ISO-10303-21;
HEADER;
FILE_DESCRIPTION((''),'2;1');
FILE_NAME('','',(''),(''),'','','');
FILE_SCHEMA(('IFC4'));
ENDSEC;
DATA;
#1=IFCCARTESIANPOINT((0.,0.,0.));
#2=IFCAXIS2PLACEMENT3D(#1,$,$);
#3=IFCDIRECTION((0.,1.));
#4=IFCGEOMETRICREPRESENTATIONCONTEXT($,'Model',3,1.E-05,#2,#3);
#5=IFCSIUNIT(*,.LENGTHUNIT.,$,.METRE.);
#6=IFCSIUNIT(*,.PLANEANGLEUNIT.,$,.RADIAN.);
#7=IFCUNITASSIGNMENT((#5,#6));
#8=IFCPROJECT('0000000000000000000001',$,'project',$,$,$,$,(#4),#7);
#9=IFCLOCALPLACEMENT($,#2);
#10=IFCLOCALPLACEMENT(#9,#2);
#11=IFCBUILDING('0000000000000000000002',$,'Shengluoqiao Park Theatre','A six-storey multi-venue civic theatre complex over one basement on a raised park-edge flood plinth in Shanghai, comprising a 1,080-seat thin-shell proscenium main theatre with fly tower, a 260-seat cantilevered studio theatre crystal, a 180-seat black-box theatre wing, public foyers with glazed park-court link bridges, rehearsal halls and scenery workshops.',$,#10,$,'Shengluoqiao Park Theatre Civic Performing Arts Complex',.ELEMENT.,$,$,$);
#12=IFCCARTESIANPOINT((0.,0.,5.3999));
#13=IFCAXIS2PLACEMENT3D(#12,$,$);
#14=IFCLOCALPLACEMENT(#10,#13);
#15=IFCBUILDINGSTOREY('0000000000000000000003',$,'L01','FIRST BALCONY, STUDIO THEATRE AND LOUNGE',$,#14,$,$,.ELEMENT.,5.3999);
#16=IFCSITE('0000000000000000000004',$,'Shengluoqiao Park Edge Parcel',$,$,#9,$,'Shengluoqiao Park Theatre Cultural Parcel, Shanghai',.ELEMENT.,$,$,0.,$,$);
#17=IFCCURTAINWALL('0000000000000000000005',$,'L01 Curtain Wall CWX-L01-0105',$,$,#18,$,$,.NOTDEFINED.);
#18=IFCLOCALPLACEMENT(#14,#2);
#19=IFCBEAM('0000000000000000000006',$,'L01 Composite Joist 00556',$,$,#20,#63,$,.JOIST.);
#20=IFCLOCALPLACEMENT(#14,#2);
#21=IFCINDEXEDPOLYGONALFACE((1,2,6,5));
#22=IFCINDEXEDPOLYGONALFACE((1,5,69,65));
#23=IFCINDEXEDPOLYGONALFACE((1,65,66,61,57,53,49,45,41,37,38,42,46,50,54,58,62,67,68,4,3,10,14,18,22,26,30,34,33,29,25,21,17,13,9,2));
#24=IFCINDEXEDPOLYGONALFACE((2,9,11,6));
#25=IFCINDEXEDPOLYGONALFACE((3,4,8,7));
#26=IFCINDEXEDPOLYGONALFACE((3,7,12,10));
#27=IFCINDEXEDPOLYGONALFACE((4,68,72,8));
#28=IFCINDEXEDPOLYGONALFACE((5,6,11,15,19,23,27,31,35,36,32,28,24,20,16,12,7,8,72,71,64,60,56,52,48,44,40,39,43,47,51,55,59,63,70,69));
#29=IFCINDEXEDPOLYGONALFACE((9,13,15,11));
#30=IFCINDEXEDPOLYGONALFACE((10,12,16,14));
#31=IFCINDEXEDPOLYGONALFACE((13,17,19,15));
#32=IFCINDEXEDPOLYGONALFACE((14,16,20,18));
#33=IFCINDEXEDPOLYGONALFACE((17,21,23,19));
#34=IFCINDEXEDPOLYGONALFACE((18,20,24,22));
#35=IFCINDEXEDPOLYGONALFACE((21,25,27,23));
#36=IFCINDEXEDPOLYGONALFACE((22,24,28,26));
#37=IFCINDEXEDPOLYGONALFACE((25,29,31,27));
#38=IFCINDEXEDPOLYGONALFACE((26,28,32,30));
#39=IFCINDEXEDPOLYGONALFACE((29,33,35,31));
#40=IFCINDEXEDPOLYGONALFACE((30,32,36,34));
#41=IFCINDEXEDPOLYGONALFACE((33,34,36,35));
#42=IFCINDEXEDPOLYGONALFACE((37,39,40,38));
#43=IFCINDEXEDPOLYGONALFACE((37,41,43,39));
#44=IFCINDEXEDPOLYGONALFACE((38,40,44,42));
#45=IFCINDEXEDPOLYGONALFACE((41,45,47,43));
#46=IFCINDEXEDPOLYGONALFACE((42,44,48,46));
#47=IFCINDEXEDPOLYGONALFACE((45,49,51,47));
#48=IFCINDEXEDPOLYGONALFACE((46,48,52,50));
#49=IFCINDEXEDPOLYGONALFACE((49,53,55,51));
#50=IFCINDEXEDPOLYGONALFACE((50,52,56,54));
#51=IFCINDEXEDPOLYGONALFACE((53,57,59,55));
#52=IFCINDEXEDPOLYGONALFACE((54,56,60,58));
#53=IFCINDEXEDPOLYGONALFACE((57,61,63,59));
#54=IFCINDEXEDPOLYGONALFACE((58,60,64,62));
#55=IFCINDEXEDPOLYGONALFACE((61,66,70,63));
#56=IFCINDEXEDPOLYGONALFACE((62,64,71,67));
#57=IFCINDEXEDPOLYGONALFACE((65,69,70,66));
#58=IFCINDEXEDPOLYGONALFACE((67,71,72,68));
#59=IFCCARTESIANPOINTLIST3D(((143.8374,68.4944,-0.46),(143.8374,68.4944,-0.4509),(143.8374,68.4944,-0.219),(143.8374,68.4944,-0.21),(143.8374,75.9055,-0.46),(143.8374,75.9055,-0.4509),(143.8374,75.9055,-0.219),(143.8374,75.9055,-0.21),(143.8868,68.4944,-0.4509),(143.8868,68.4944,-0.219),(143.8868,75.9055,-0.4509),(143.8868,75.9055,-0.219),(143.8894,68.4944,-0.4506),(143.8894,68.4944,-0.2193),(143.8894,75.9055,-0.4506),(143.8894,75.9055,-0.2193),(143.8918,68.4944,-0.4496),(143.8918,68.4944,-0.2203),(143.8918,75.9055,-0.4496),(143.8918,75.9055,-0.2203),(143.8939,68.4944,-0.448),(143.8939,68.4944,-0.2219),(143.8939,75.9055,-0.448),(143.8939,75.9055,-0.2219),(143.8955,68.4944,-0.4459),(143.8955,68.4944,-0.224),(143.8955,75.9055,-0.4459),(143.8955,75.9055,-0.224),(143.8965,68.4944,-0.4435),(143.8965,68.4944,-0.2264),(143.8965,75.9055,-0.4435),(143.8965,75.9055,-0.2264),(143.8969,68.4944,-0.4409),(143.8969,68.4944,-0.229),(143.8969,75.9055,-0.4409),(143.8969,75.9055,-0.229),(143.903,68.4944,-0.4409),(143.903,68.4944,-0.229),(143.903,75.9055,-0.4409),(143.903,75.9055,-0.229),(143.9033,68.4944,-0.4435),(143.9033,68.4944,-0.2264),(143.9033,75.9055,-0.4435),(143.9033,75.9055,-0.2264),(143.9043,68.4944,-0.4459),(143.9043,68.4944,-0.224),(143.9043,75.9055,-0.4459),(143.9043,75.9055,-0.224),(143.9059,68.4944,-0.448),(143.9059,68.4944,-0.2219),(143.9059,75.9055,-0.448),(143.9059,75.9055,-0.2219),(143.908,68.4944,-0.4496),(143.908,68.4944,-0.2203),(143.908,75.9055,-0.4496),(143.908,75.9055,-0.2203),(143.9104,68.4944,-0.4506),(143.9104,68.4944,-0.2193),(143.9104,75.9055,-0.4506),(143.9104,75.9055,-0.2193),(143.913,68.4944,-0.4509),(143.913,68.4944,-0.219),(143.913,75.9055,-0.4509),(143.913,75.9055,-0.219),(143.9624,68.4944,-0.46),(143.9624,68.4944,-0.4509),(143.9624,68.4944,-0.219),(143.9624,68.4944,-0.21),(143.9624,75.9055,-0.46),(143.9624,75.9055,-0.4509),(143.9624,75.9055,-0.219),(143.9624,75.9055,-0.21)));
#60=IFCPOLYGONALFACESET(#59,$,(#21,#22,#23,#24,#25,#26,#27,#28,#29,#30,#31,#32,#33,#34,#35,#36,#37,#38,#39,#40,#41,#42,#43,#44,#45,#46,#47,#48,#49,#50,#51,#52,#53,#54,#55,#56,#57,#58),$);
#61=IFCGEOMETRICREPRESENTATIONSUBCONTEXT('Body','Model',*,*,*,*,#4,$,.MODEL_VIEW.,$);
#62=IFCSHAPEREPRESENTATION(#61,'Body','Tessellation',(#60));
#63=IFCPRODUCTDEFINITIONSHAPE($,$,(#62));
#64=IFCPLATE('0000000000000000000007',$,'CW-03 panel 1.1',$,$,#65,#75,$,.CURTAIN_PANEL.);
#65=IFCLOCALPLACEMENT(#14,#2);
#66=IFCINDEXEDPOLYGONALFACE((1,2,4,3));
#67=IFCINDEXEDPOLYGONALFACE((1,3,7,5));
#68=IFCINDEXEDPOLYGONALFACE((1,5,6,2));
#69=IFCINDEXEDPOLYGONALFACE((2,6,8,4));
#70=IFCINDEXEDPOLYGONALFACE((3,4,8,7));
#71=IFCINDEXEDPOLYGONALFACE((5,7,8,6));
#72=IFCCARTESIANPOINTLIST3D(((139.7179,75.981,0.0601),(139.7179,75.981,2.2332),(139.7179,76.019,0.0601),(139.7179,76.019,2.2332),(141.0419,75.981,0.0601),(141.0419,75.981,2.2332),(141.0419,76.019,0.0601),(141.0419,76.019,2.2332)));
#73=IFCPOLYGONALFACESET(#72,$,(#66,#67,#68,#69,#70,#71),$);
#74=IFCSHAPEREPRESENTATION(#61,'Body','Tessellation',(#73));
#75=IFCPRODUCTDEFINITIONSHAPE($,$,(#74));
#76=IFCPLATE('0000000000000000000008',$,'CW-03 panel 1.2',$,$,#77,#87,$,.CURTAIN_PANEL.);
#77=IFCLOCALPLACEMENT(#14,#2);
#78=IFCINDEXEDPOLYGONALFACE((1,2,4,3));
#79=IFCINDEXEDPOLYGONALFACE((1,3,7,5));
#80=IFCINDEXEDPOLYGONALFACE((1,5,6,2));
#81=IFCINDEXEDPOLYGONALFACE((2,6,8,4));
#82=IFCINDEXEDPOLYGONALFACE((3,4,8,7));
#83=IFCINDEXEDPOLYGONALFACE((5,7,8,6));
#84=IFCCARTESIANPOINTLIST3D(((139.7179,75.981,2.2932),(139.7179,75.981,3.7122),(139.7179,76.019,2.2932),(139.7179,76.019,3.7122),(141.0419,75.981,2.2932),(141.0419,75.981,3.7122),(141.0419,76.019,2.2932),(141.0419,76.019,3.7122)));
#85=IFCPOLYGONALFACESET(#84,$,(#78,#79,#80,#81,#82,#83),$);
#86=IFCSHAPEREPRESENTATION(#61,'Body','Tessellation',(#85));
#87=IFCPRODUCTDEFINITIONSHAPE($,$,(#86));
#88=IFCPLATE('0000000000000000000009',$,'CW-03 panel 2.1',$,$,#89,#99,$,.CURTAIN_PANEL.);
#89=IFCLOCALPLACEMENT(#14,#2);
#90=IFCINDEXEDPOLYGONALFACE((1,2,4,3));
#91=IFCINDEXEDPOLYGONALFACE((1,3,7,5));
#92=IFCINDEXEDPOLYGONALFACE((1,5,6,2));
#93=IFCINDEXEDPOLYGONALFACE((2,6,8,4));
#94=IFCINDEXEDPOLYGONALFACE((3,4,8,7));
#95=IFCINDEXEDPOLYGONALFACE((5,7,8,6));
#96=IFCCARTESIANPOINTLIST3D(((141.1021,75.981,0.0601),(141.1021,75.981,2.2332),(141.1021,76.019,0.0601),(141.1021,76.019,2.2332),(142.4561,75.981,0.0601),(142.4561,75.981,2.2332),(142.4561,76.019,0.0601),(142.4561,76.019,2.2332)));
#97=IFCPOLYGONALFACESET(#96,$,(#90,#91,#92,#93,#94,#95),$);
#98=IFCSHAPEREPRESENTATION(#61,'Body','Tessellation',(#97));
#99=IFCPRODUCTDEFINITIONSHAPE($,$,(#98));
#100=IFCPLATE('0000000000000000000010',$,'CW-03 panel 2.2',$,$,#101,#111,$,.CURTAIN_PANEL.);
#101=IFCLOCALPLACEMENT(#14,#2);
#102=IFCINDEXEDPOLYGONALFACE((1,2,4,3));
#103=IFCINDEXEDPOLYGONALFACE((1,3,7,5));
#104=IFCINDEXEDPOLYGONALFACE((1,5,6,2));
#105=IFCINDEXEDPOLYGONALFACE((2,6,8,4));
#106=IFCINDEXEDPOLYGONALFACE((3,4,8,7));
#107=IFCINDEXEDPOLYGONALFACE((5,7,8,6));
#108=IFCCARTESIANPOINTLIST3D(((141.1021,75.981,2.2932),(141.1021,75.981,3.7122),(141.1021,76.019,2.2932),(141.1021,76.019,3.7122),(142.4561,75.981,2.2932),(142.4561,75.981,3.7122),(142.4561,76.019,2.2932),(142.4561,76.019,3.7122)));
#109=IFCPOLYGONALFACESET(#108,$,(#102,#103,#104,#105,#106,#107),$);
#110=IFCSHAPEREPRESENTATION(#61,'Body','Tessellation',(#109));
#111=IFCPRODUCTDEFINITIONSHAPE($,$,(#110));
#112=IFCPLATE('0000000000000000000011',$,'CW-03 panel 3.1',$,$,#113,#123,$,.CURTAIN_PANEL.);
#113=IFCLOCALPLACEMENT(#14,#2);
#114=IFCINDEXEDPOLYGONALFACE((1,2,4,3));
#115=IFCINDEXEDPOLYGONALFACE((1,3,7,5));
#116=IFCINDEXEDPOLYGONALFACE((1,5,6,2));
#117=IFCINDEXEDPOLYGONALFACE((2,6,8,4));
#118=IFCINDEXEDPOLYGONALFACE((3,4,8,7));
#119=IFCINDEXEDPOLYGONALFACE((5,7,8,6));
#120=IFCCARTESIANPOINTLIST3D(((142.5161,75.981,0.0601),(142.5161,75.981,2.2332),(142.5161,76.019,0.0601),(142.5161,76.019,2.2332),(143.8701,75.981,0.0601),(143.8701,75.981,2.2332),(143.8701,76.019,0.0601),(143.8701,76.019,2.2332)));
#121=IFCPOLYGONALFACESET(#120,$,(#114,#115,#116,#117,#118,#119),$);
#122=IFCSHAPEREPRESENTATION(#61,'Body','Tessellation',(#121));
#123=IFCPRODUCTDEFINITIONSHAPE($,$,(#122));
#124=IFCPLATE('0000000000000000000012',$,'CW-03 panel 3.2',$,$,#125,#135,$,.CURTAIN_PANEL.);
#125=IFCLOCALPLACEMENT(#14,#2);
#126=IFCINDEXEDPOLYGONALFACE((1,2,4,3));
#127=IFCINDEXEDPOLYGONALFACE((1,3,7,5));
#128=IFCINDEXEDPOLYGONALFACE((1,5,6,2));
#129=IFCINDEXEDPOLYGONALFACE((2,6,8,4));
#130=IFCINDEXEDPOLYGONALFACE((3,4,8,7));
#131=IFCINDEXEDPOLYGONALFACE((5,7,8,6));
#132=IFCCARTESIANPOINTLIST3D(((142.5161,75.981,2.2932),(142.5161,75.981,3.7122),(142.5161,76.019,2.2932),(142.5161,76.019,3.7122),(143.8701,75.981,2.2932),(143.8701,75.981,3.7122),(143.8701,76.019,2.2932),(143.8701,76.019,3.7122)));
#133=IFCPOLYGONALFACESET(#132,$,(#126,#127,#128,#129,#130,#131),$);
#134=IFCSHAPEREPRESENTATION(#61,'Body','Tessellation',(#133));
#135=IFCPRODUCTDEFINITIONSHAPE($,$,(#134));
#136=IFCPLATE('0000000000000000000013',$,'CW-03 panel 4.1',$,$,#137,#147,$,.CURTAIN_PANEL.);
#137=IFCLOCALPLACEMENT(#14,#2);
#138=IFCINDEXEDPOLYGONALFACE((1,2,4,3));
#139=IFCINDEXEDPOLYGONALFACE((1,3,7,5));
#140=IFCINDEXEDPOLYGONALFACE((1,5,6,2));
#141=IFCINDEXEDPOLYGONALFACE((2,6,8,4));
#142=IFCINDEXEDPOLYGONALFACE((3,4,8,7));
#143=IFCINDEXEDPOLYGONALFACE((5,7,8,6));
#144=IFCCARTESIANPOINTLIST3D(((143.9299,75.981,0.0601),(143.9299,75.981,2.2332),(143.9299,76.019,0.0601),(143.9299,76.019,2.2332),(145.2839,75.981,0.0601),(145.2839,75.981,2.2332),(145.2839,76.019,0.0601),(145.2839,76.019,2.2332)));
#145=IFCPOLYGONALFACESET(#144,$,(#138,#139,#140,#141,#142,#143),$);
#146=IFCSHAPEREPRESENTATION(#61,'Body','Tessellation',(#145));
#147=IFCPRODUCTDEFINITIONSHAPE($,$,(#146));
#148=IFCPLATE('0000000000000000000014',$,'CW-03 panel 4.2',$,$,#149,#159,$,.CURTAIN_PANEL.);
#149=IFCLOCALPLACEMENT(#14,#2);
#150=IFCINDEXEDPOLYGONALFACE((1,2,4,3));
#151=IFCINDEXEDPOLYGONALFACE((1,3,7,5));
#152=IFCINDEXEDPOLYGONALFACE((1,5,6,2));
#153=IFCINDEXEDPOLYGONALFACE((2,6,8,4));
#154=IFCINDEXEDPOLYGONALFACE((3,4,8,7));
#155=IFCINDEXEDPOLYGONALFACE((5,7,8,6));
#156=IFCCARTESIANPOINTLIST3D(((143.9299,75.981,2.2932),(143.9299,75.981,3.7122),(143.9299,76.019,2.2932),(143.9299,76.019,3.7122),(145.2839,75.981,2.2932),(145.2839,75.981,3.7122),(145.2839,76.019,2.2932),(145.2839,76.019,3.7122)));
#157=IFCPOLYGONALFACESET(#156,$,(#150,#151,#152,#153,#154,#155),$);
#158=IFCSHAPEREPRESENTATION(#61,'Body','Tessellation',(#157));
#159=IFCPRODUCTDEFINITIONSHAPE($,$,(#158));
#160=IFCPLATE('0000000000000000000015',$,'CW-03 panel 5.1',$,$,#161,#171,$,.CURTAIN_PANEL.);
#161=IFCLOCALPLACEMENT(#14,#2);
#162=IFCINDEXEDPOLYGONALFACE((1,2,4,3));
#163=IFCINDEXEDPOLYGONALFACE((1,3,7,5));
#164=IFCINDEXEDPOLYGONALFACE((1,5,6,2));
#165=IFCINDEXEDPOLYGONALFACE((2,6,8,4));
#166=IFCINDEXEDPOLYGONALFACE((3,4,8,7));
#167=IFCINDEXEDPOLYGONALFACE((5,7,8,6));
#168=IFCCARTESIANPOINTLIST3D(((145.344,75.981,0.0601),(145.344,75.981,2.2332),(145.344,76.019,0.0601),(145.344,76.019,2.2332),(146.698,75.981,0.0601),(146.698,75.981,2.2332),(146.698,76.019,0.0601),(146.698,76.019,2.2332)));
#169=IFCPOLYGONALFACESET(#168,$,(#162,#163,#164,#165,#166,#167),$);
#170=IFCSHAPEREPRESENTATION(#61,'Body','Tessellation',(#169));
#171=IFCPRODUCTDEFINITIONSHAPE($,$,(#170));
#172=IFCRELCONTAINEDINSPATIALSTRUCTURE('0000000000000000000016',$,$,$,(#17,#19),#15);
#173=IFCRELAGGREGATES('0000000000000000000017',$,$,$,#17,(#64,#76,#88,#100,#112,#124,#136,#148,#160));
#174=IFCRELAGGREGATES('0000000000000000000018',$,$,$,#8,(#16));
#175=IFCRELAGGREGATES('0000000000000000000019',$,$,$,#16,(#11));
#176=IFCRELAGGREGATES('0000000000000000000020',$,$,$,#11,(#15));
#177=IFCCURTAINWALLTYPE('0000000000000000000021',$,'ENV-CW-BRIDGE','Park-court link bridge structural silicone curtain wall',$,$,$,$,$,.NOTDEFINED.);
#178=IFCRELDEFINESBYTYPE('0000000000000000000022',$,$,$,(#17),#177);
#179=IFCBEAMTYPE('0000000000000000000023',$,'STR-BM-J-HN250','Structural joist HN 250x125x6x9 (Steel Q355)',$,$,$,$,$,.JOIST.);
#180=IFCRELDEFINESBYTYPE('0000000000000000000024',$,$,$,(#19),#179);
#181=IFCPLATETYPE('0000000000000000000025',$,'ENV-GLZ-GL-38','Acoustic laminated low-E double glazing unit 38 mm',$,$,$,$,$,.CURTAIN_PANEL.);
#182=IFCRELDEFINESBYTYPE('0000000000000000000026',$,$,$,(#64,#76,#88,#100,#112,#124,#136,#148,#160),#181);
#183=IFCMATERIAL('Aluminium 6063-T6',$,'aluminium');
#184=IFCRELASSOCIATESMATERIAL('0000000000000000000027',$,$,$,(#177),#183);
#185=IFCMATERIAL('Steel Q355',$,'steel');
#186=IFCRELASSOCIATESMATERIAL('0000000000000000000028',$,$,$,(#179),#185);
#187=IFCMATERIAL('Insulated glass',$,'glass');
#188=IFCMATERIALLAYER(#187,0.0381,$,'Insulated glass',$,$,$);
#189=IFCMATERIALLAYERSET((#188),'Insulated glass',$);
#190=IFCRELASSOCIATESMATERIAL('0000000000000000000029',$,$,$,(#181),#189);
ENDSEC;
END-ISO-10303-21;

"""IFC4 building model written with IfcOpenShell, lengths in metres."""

from ifc_helpers import new_model, si_unit, direction, frame, origin, origin_2d, place, context, subcontext, project, spatial, rectangle, i_section, extrude, material, layer, layer_set, material_profile, profile_set, type_object, element, aggregate, save


model = new_model("IFC4")

# Units and contexts
model_context = context("Model", 3, precision=1e-05, world=origin(), true_north=direction((0.0, 1.0)))
body_context = subcontext(model_context, "Body", "Model", "MODEL_VIEW")
ifc_project = project(units=[si_unit("LENGTHUNIT", "METRE"), si_unit("PLANEANGLEUNIT", "RADIAN")], contexts=[model_context])

# Site, building, storey
site_placement = place(None, origin())
site = spatial("IfcSite", under=ifc_project, at=site_placement, Name="Shengluoqiao Park Edge Parcel", LongName="Shengluoqiao Park Theatre Cultural Parcel, Shanghai", CompositionType="ELEMENT", RefElevation=0.0)
building_placement = place(site_placement, origin())
building = spatial("IfcBuilding", under=site, at=building_placement, Name="Shengluoqiao Park Theatre", Description="A six-storey multi-venue civic theatre complex over one basement on a raised park-edge flood plinth in Shanghai, comprising a 1,080-seat thin-shell proscenium main theatre with fly tower, a 260-seat cantilevered studio theatre crystal, a 180-seat black-box theatre wing, public foyers with glazed park-court link bridges, rehearsal halls and scenery workshops.", LongName="Shengluoqiao Park Theatre Civic Performing Arts Complex", CompositionType="ELEMENT")
storey_placement = place(building_placement, frame((0.0, 0.0, 5.3999)))
storey = spatial("IfcBuildingStorey", under=building, at=storey_placement, Name="L01", Description="FIRST BALCONY, STUDIO THEATRE AND LOUNGE", CompositionType="ELEMENT", Elevation=5.3999)

# Curtain wall
ifc_material_1 = material(Name="Aluminium 6063-T6", Category="aluminium")
curtain_wall_type = type_object("IfcCurtainWallType", Name="ENV-CW-BRIDGE", Description="Park-court link bridge structural silicone curtain wall", PredefinedType="NOTDEFINED", material=ifc_material_1)
curtain_wall_placement = place(storey_placement, origin())
curtain_wall = element("IfcCurtainWall", 1, at=curtain_wall_placement, inside=storey, type_object=curtain_wall_type, Name="L01 Curtain Wall CWX-L01-0105", PredefinedType="NOTDEFINED")

# Beam
ifc_material_2 = material(Name="Steel Q355", Category="steel")
ifc_material_profile_1 = material_profile(ifc_material_2, i_section(OverallWidth=0.125, OverallDepth=0.25, WebThickness=0.0061, FlangeThickness=0.009, FilletRadius=0.01, at=origin_2d()), Name="HN 250x125x6x9")
ifc_profile_set_1 = profile_set([ifc_material_profile_1], Name="Steel Q355")
beam_type = type_object("IfcBeamType", Name="STR-BM-J-HN250", Description="Structural joist HN 250x125x6x9 (Steel Q355)", PredefinedType="JOIST", material=ifc_profile_set_1)
for number, where, z_axis, x_axis, name in (
    (2, (143.8999, 68.4944, -0.335), (0.0, 1.0, 0.0), (-1.0, 0.0, 0.0), "L01 Composite Joist 00556"),
):
    element("IfcBeam", number, at=place(storey_placement, frame(where, z_axis=z_axis, x_axis=x_axis)), inside=storey, type_object=beam_type, Name=name, PredefinedType="JOIST", context=body_context, shape_type="SweptSolid", body=[
        extrude(i_section(OverallWidth=0.125, OverallDepth=0.25, WebThickness=0.0061, FlangeThickness=0.009, FilletRadius=0.01, at=origin_2d()), origin(), (0.0, 0.0, 1.0), 7.4111),
    ])

# Plates
ifc_material_3 = material(Name="Insulated glass", Category="glass")
ifc_layer = layer(ifc_material_3, 0.0381, Name="Insulated glass")
ifc_layer_set = layer_set([ifc_layer], Name="Insulated glass")
plate_type = type_object("IfcPlateType", Name="ENV-GLZ-GL-38", Description="Acoustic laminated low-E double glazing unit 38 mm", PredefinedType="CURTAIN_PANEL", material=ifc_layer_set)
plate_1_placement = place(storey_placement, frame((140.3799, 76.0, 0.0601), z_axis=(0.0, 0.0, 1.0), x_axis=(1.0, 0.0, 0.0)))
plate_1 = element("IfcPlate", 3, at=plate_1_placement, type_object=plate_type, Name="CW-03 panel 1.1", PredefinedType="CURTAIN_PANEL", context=body_context, shape_type="SweptSolid", body=[
    extrude(rectangle(XDim=1.324, YDim=0.0381, at=origin_2d()), origin(), (0.0, 0.0, 1.0), 2.1731),
])
plate_2_placement = place(storey_placement, frame((140.3799, 76.0, 2.2932), z_axis=(0.0, 0.0, 1.0), x_axis=(1.0, 0.0, 0.0)))
plate_2 = element("IfcPlate", 4, at=plate_2_placement, type_object=plate_type, Name="CW-03 panel 1.2", PredefinedType="CURTAIN_PANEL", context=body_context, shape_type="SweptSolid", body=[
    extrude(rectangle(XDim=1.324, YDim=0.0381, at=origin_2d()), origin(), (0.0, 0.0, 1.0), 1.4189),
])
plate_3_placement = place(storey_placement, frame((141.7791, 76.0, 0.0601), z_axis=(0.0, 0.0, 1.0), x_axis=(1.0, 0.0, 0.0)))
plate_3 = element("IfcPlate", 5, at=plate_3_placement, type_object=plate_type, Name="CW-03 panel 2.1", PredefinedType="CURTAIN_PANEL", context=body_context, shape_type="SweptSolid", body=[
    extrude(rectangle(XDim=1.354, YDim=0.0381, at=origin_2d()), origin(), (0.0, 0.0, 1.0), 2.1731),
])
plate_4_placement = place(storey_placement, frame((141.7791, 76.0, 2.2932), z_axis=(0.0, 0.0, 1.0), x_axis=(1.0, 0.0, 0.0)))
plate_4 = element("IfcPlate", 6, at=plate_4_placement, type_object=plate_type, Name="CW-03 panel 2.2", PredefinedType="CURTAIN_PANEL", context=body_context, shape_type="SweptSolid", body=[
    extrude(rectangle(XDim=1.354, YDim=0.0381, at=origin_2d()), origin(), (0.0, 0.0, 1.0), 1.4189),
])
plate_5_placement = place(storey_placement, frame((143.1931, 76.0, 0.0601), z_axis=(0.0, 0.0, 1.0), x_axis=(1.0, 0.0, 0.0)))
plate_5 = element("IfcPlate", 7, at=plate_5_placement, type_object=plate_type, Name="CW-03 panel 3.1", PredefinedType="CURTAIN_PANEL", context=body_context, shape_type="SweptSolid", body=[
    extrude(rectangle(XDim=1.354, YDim=0.0381, at=origin_2d()), origin(), (0.0, 0.0, 1.0), 2.1731),
])
plate_6_placement = place(storey_placement, frame((143.1931, 76.0, 2.2932), z_axis=(0.0, 0.0, 1.0), x_axis=(1.0, 0.0, 0.0)))
plate_6 = element("IfcPlate", 8, at=plate_6_placement, type_object=plate_type, Name="CW-03 panel 3.2", PredefinedType="CURTAIN_PANEL", context=body_context, shape_type="SweptSolid", body=[
    extrude(rectangle(XDim=1.354, YDim=0.0381, at=origin_2d()), origin(), (0.0, 0.0, 1.0), 1.4189),
])
plate_7_placement = place(storey_placement, frame((144.6069, 76.0, 0.0601), z_axis=(0.0, 0.0, 1.0), x_axis=(1.0, 0.0, 0.0)))
plate_7 = element("IfcPlate", 9, at=plate_7_placement, type_object=plate_type, Name="CW-03 panel 4.1", PredefinedType="CURTAIN_PANEL", context=body_context, shape_type="SweptSolid", body=[
    extrude(rectangle(XDim=1.354, YDim=0.0381, at=origin_2d()), origin(), (0.0, 0.0, 1.0), 2.1731),
])
plate_8_placement = place(storey_placement, frame((144.6069, 76.0, 2.2932), z_axis=(0.0, 0.0, 1.0), x_axis=(1.0, 0.0, 0.0)))
plate_8 = element("IfcPlate", 10, at=plate_8_placement, type_object=plate_type, Name="CW-03 panel 4.2", PredefinedType="CURTAIN_PANEL", context=body_context, shape_type="SweptSolid", body=[
    extrude(rectangle(XDim=1.354, YDim=0.0381, at=origin_2d()), origin(), (0.0, 0.0, 1.0), 1.4189),
])
plate_9_placement = place(storey_placement, frame((146.021, 76.0, 0.0601), z_axis=(0.0, 0.0, 1.0), x_axis=(1.0, 0.0, 0.0)))
plate_9 = element("IfcPlate", 11, at=plate_9_placement, type_object=plate_type, Name="CW-03 panel 5.1", PredefinedType="CURTAIN_PANEL", context=body_context, shape_type="SweptSolid", body=[
    extrude(rectangle(XDim=1.354, YDim=0.0381, at=origin_2d()), origin(), (0.0, 0.0, 1.0), 2.1731),
])
aggregate(curtain_wall, [plate_1, plate_2, plate_3, plate_4, plate_5, plate_6, plate_7, plate_8, plate_9])

save(model, "model.ifc")
